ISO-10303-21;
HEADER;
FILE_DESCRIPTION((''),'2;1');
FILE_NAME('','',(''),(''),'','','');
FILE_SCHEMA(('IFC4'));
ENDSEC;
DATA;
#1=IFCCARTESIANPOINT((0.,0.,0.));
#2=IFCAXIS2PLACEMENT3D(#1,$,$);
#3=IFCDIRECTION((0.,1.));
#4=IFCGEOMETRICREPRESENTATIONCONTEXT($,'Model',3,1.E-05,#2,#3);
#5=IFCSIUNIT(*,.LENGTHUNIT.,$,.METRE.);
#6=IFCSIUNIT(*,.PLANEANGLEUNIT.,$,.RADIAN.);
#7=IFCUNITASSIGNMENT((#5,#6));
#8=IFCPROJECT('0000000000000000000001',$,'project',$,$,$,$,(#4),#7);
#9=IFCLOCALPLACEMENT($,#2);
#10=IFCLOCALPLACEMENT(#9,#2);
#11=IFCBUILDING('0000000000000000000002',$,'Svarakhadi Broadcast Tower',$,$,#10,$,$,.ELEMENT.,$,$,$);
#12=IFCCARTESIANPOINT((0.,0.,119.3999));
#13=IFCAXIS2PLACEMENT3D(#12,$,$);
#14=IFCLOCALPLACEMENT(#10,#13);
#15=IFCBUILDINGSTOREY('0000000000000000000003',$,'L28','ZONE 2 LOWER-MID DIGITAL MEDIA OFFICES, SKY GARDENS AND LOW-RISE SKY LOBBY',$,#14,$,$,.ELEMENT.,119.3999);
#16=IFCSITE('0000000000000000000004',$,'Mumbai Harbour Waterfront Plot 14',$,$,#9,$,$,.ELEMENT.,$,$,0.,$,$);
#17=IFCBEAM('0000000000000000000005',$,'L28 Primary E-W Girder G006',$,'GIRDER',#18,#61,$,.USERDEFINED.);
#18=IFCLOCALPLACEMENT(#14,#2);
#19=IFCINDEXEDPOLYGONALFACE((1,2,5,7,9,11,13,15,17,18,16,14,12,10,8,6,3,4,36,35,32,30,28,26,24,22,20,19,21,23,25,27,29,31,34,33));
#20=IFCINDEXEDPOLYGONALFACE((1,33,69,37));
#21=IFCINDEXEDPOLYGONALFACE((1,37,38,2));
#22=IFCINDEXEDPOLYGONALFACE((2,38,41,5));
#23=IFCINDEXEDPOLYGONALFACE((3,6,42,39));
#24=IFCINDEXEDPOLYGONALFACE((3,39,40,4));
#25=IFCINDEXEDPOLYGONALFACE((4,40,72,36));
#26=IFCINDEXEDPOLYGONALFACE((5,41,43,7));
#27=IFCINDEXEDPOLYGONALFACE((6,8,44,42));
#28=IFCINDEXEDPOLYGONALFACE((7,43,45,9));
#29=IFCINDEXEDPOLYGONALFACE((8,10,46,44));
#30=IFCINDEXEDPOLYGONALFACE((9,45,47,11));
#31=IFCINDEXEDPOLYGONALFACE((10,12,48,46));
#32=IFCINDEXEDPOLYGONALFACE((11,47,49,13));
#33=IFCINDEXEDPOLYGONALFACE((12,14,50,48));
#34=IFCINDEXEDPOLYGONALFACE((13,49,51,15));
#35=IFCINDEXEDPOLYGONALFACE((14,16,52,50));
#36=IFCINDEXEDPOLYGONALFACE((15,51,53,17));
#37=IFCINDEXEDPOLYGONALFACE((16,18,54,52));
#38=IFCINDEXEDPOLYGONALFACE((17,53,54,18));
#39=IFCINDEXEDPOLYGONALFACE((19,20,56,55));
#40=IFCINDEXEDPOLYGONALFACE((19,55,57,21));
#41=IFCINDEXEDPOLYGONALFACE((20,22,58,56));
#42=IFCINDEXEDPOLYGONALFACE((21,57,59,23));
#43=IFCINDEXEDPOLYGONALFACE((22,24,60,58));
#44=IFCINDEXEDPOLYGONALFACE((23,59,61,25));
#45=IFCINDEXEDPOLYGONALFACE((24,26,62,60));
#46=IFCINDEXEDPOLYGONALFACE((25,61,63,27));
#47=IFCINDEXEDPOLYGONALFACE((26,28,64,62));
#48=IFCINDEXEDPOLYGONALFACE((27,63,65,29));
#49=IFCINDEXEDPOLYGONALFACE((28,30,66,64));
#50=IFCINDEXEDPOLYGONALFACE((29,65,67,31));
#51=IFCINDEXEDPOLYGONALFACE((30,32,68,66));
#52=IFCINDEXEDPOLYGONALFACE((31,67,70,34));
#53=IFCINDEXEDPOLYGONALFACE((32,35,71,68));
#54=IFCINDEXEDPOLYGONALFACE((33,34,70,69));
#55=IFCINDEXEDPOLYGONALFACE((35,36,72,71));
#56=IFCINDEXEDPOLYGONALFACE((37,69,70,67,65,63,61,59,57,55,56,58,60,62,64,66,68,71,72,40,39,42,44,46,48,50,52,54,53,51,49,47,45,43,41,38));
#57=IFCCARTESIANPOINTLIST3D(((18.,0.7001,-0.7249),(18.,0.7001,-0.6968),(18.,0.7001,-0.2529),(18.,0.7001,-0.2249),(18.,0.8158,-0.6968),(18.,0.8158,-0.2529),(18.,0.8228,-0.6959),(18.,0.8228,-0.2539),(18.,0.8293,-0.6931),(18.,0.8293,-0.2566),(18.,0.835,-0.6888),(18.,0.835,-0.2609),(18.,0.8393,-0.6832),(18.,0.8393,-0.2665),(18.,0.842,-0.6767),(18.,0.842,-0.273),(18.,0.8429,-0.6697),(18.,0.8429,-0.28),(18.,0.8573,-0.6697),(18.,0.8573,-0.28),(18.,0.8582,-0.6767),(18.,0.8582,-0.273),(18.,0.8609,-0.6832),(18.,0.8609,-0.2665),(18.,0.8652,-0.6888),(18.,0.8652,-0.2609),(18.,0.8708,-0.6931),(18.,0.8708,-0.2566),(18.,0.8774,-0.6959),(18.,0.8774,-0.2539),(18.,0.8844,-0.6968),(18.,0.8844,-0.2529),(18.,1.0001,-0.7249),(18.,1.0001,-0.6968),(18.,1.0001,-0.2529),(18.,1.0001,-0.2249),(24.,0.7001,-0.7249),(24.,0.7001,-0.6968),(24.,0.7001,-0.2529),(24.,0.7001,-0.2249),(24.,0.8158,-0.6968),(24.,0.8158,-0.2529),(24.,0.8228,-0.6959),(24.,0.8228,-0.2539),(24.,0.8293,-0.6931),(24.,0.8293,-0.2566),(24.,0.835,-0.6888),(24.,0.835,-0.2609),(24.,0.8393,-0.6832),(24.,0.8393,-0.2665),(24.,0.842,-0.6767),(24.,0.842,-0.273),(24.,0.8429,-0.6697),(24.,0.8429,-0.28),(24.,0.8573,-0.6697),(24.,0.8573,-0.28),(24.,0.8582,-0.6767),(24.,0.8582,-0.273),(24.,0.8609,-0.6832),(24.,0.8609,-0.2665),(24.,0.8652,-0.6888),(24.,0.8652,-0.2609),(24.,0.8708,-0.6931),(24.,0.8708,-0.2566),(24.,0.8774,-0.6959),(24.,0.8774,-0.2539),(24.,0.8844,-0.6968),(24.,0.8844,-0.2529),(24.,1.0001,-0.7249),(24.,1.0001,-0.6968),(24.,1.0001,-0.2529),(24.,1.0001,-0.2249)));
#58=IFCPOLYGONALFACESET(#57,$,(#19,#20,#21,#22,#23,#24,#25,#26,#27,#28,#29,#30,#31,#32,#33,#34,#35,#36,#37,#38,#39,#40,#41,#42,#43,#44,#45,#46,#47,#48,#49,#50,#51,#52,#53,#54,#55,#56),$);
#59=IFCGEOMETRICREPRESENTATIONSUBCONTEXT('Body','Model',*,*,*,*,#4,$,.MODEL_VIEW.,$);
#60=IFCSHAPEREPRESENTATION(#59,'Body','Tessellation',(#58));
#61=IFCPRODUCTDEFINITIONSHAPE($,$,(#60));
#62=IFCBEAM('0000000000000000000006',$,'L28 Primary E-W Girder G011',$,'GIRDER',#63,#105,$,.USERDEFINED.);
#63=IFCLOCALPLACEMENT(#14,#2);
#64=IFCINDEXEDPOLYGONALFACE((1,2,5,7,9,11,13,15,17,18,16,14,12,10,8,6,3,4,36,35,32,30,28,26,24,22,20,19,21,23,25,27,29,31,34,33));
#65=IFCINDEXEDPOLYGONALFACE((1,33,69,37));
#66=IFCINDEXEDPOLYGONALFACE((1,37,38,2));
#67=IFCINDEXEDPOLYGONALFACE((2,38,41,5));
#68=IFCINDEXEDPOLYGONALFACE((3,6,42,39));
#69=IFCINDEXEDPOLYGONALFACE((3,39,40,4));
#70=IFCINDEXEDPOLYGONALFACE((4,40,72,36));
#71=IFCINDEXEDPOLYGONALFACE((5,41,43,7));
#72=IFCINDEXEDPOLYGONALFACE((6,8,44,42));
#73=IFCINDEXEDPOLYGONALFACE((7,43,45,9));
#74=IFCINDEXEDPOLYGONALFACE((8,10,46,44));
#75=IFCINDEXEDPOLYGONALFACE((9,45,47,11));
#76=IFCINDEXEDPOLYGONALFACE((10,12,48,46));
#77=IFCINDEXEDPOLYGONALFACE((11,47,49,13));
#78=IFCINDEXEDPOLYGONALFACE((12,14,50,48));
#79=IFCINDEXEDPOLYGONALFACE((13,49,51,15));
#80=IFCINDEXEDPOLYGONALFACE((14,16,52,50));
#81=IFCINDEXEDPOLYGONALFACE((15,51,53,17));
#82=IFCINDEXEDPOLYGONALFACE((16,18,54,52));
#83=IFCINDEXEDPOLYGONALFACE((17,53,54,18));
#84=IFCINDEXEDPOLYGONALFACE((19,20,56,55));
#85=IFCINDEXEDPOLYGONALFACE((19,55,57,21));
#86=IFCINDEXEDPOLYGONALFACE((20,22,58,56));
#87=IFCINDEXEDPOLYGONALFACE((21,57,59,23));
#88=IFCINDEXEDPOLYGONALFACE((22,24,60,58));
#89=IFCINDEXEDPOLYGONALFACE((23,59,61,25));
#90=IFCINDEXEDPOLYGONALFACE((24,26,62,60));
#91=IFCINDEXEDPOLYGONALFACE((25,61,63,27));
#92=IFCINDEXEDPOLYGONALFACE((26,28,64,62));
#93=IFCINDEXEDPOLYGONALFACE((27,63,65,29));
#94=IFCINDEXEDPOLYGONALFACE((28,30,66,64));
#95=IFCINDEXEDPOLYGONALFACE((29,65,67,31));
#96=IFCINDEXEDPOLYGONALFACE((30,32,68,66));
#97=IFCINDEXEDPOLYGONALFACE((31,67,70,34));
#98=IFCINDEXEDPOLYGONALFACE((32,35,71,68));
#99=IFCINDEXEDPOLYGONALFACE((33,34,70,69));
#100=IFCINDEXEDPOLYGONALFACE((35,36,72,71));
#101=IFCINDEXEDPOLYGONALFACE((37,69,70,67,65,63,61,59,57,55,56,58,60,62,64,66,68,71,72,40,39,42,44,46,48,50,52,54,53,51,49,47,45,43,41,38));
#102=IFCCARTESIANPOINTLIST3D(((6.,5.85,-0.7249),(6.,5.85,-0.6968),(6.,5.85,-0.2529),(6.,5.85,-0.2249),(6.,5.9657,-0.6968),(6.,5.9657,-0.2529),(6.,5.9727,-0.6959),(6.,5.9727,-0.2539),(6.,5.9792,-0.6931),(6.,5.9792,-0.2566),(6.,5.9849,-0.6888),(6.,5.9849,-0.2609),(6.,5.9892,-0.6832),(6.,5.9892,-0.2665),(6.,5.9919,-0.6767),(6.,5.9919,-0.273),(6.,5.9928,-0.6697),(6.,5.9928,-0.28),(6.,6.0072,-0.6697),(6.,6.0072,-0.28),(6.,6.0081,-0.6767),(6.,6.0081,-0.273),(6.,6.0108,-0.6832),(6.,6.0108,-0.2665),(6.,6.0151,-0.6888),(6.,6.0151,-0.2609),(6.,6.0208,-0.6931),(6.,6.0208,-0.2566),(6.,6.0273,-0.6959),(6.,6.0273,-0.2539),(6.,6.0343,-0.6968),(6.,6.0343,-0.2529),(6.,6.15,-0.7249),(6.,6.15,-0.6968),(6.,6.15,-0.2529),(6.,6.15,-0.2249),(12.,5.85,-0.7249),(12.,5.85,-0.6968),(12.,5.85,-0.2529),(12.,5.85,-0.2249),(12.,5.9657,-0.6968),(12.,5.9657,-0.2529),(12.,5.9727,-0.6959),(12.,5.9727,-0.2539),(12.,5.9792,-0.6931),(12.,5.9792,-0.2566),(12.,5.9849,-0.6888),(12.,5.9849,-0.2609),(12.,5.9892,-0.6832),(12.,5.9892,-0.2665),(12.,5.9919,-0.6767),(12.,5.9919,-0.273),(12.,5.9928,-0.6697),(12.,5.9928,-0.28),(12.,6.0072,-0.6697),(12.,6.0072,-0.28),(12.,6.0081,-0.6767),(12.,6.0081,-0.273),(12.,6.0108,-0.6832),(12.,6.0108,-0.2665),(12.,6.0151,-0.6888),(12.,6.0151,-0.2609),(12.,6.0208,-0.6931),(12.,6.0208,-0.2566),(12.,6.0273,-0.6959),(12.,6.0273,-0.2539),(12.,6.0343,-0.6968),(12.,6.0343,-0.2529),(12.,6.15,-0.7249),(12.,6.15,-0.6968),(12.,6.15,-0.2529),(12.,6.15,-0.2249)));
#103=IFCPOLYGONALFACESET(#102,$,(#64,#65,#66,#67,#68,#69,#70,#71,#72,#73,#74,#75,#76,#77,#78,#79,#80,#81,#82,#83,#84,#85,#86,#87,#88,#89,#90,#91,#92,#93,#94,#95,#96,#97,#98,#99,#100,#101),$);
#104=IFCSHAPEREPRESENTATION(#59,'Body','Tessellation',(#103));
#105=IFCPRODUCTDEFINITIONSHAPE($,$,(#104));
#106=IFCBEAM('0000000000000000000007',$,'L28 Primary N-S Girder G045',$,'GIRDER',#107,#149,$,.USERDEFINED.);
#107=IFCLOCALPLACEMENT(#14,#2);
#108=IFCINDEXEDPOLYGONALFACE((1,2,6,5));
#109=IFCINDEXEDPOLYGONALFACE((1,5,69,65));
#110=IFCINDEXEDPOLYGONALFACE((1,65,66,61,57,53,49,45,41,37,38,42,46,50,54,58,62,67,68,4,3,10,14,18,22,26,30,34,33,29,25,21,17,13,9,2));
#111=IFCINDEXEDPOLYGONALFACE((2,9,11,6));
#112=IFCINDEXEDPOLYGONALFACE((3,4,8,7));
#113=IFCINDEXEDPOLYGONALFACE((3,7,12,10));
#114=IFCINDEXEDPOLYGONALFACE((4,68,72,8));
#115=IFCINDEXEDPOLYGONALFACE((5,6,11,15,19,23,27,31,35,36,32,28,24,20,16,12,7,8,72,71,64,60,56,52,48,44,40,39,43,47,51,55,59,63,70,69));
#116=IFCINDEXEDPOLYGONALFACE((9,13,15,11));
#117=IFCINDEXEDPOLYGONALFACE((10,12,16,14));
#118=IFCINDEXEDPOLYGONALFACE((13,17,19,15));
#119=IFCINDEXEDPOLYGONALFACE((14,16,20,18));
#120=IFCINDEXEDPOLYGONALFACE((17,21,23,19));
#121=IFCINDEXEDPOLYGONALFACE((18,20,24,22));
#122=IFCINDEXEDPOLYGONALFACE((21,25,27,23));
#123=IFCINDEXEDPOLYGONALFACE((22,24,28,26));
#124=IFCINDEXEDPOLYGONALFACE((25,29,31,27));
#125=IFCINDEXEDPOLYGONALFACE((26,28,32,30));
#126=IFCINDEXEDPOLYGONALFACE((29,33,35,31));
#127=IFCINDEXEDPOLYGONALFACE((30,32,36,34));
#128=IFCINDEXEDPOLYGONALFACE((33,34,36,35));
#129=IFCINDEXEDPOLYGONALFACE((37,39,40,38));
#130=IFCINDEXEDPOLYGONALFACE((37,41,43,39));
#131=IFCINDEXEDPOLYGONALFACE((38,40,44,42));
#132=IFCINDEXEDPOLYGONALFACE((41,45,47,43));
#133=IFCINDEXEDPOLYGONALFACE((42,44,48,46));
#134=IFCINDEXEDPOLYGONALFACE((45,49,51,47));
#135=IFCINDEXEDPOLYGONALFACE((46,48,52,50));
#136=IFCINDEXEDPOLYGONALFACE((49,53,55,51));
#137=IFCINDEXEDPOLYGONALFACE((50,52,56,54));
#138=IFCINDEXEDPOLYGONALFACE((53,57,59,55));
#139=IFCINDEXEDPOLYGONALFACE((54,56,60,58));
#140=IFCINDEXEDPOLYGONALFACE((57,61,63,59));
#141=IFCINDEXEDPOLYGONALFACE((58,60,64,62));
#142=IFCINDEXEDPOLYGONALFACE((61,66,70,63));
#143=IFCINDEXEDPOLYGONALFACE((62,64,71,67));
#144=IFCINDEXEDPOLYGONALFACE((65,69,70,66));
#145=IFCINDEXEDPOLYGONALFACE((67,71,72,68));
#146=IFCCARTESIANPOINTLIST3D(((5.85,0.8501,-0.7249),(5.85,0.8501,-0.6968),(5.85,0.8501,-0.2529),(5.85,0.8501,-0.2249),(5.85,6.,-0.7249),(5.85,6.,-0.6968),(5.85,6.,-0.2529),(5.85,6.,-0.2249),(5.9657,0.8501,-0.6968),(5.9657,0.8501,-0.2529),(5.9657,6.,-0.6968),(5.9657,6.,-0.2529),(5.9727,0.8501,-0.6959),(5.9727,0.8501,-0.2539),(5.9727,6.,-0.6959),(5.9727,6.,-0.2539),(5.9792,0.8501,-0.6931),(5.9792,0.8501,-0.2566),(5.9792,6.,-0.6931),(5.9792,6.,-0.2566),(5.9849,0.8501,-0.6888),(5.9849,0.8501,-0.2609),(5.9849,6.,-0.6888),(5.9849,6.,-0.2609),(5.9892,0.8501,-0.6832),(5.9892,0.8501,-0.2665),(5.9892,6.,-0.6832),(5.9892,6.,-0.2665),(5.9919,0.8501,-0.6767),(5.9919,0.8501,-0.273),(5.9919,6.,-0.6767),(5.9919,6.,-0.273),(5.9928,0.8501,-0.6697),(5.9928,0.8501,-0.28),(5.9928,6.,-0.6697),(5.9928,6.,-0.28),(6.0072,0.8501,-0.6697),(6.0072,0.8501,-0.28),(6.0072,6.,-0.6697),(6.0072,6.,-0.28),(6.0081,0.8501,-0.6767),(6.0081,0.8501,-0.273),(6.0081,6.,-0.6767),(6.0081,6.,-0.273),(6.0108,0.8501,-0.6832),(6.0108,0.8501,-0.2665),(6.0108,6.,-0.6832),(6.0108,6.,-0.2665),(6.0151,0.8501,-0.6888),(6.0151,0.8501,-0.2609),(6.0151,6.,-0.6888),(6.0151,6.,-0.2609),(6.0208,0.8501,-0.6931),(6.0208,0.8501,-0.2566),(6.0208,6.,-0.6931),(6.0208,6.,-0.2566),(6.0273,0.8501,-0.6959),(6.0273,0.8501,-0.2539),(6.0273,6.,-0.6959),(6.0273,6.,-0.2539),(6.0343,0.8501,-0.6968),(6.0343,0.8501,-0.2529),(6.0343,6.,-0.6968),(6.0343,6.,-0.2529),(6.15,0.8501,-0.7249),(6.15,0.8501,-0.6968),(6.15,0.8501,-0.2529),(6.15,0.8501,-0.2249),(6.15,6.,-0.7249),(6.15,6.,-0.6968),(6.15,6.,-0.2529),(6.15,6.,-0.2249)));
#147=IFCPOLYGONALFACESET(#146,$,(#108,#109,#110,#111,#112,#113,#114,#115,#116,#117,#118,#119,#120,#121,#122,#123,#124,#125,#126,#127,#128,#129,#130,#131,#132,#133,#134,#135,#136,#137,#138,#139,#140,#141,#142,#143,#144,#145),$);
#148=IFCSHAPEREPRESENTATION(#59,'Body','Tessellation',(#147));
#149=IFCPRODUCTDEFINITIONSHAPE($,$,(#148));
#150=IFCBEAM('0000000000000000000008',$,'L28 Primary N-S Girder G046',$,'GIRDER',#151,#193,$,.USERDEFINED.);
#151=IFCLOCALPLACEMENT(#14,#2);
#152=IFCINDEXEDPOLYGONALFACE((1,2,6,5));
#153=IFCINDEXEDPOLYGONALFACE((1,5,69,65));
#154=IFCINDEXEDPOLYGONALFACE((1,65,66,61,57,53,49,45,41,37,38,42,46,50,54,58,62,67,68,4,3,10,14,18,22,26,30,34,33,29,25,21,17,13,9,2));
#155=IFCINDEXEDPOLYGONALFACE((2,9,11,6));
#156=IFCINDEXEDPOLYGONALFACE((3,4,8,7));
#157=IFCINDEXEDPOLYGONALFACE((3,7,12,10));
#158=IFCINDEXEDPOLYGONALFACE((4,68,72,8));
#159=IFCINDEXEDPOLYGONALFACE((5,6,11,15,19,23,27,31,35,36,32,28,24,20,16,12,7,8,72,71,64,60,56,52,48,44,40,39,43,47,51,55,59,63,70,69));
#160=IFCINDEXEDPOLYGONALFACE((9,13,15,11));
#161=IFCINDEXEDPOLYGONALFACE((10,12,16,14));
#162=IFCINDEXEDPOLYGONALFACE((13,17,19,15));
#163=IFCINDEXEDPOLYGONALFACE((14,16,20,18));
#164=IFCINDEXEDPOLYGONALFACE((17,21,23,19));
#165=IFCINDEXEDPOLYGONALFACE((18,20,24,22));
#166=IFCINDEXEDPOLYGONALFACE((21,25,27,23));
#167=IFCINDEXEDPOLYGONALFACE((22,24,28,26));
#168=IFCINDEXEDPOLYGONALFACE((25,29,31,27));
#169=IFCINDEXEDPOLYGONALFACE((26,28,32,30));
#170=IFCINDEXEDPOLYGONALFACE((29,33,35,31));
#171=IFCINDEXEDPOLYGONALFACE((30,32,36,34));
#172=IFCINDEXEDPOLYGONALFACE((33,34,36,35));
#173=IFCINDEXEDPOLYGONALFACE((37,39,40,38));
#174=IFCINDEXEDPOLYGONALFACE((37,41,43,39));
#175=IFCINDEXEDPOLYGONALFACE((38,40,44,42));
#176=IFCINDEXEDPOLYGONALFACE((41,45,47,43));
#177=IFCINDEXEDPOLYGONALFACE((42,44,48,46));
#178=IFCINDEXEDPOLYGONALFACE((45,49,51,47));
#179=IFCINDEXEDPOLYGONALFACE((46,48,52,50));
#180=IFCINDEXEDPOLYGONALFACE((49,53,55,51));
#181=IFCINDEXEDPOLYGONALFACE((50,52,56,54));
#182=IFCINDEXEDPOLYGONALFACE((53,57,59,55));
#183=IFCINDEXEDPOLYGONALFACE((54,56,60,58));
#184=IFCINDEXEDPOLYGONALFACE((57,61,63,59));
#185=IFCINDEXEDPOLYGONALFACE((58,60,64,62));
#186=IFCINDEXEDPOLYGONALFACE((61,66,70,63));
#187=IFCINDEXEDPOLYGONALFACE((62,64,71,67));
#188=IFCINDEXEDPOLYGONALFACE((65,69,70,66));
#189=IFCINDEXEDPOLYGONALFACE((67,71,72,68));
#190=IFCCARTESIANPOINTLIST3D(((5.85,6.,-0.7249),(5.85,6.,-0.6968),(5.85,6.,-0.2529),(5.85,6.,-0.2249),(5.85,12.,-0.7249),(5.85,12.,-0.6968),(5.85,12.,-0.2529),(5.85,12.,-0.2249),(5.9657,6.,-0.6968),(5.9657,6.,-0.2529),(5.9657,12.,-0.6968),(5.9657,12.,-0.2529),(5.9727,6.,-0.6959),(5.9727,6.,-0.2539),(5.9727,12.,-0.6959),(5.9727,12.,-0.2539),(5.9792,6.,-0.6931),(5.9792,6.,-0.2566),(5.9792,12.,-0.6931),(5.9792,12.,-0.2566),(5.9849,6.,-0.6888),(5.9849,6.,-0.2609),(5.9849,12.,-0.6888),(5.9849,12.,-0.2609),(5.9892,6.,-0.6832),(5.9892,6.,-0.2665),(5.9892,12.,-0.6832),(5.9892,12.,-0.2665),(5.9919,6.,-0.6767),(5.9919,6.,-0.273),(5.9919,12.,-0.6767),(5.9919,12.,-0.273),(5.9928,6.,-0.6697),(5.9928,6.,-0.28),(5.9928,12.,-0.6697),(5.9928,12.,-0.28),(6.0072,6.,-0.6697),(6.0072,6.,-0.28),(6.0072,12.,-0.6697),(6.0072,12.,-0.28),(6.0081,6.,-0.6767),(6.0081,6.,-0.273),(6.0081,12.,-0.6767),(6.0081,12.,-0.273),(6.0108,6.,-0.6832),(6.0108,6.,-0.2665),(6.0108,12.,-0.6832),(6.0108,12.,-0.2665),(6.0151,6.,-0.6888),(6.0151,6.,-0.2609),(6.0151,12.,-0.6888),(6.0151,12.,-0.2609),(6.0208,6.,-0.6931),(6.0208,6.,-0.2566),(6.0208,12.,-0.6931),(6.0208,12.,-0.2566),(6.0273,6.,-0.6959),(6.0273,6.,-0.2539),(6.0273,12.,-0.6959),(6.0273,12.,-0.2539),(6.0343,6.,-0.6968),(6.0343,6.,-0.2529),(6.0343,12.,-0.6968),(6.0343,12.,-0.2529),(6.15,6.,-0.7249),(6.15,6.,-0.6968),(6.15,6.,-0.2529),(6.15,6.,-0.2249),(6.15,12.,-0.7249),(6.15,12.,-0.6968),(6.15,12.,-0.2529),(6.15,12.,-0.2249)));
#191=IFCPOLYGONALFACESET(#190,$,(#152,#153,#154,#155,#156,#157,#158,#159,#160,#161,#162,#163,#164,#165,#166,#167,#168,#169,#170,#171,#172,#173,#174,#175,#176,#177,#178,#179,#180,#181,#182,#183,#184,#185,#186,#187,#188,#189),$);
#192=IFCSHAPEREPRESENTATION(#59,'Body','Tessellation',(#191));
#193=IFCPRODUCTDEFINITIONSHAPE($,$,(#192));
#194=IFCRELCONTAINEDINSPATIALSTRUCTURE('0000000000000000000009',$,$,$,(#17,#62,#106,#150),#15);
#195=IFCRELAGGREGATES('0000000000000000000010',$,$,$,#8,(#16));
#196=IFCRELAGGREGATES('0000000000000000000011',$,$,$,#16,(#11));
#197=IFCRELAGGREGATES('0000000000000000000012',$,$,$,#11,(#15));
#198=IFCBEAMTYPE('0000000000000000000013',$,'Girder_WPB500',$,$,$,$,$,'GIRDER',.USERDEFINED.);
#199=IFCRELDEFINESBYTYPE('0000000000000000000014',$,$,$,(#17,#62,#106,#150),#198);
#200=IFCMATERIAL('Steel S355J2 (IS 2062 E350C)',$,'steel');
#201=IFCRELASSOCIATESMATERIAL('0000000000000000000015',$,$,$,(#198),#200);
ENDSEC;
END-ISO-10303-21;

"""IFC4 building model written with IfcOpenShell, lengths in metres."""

from ifc_helpers import new_model, si_unit, direction, frame, origin, origin_2d, place, context, subcontext, project, spatial, i_section, extrude, material, material_profile, profile_set, type_object, element, save


model = new_model("IFC4")

# Units and contexts
model_context = context("Model", 3, precision=1e-05, world=origin(), true_north=direction((0.0, 1.0)))
body_context = subcontext(model_context, "Body", "Model", "MODEL_VIEW")
ifc_project = project(units=[si_unit("LENGTHUNIT", "METRE"), si_unit("PLANEANGLEUNIT", "RADIAN")], contexts=[model_context])

# Site, building, storey
site_placement = place(None, origin())
site = spatial("IfcSite", under=ifc_project, at=site_placement, Name="Mumbai Harbour Waterfront Plot 14", CompositionType="ELEMENT", RefElevation=0.0)
building_placement = place(site_placement, origin())
building = spatial("IfcBuilding", under=site, at=building_placement, Name="Svarakhadi Broadcast Tower", CompositionType="ELEMENT")
storey_placement = place(building_placement, frame((0.0, 0.0, 119.3999)))
storey = spatial("IfcBuildingStorey", under=building, at=storey_placement, Name="L28", Description="ZONE 2 LOWER-MID DIGITAL MEDIA OFFICES, SKY GARDENS AND LOW-RISE SKY LOBBY", CompositionType="ELEMENT", Elevation=119.3999)

# Shared definitions
ifc_material_1 = material(Name="Steel S355J2 (IS 2062 E350C)", Category="steel")

# Beams
ifc_material_profile_1 = material_profile(ifc_material_1, i_section(OverallWidth=0.3, OverallDepth=0.5, WebThickness=0.0144, FlangeThickness=0.0281, FilletRadius=0.0271, at=origin_2d()), Name="WPB 500x300x187")
ifc_profile_set_1 = profile_set([ifc_material_profile_1], Name="Steel S355J2 (IS 2062 E350C)")
beam_type_1 = type_object("IfcBeamType", Name="Girder_WPB500", ElementType="GIRDER", PredefinedType="USERDEFINED", material=ifc_profile_set_1)
for number, where, z_axis, x_axis, name in (
    (1, (18.0, 0.8501, -0.4749), (1.0, 0.0, 0.0), (0.0, 1.0, 0.0), "L28 Primary E-W Girder G006"),
    (2, (6.0, 6.0, -0.4749), (1.0, 0.0, 0.0), (0.0, 1.0, 0.0), "L28 Primary E-W Girder G011"),
):
    element("IfcBeam", number, at=place(storey_placement, frame(where, z_axis=z_axis, x_axis=x_axis)), inside=storey, type_object=beam_type_1, Name=name, ObjectType="GIRDER", PredefinedType="USERDEFINED", context=body_context, shape_type="SweptSolid", body=[
        extrude(i_section(OverallWidth=0.3, OverallDepth=0.5, WebThickness=0.0144, FlangeThickness=0.0281, FilletRadius=0.0271, at=origin_2d()), origin(), (0.0, 0.0, 1.0), 6.0),
    ])
beam_1_placement = place(storey_placement, frame((6.0, 0.8501, -0.4749), z_axis=(0.0, 1.0, 0.0), x_axis=(-1.0, 0.0, 0.0)))
element("IfcBeam", 3, at=beam_1_placement, inside=storey, type_object=beam_type_1, Name="L28 Primary N-S Girder G045", ObjectType="GIRDER", PredefinedType="USERDEFINED", context=body_context, shape_type="SweptSolid", body=[
    extrude(i_section(OverallWidth=0.3, OverallDepth=0.5, WebThickness=0.0144, FlangeThickness=0.0281, FilletRadius=0.0271, at=origin_2d()), origin(), (0.0, 0.0, 1.0), 5.1499),
])
beam_2_placement = place(storey_placement, frame((6.0, 6.0, -0.4749), z_axis=(0.0, 1.0, 0.0), x_axis=(-1.0, 0.0, 0.0)))
element("IfcBeam", 4, at=beam_2_placement, inside=storey, type_object=beam_type_1, Name="L28 Primary N-S Girder G046", ObjectType="GIRDER", PredefinedType="USERDEFINED", context=body_context, shape_type="SweptSolid", body=[
    extrude(i_section(OverallWidth=0.3, OverallDepth=0.5, WebThickness=0.0144, FlangeThickness=0.0281, FilletRadius=0.0271, at=origin_2d()), origin(), (0.0, 0.0, 1.0), 6.0),
])

save(model, "model.ifc")
